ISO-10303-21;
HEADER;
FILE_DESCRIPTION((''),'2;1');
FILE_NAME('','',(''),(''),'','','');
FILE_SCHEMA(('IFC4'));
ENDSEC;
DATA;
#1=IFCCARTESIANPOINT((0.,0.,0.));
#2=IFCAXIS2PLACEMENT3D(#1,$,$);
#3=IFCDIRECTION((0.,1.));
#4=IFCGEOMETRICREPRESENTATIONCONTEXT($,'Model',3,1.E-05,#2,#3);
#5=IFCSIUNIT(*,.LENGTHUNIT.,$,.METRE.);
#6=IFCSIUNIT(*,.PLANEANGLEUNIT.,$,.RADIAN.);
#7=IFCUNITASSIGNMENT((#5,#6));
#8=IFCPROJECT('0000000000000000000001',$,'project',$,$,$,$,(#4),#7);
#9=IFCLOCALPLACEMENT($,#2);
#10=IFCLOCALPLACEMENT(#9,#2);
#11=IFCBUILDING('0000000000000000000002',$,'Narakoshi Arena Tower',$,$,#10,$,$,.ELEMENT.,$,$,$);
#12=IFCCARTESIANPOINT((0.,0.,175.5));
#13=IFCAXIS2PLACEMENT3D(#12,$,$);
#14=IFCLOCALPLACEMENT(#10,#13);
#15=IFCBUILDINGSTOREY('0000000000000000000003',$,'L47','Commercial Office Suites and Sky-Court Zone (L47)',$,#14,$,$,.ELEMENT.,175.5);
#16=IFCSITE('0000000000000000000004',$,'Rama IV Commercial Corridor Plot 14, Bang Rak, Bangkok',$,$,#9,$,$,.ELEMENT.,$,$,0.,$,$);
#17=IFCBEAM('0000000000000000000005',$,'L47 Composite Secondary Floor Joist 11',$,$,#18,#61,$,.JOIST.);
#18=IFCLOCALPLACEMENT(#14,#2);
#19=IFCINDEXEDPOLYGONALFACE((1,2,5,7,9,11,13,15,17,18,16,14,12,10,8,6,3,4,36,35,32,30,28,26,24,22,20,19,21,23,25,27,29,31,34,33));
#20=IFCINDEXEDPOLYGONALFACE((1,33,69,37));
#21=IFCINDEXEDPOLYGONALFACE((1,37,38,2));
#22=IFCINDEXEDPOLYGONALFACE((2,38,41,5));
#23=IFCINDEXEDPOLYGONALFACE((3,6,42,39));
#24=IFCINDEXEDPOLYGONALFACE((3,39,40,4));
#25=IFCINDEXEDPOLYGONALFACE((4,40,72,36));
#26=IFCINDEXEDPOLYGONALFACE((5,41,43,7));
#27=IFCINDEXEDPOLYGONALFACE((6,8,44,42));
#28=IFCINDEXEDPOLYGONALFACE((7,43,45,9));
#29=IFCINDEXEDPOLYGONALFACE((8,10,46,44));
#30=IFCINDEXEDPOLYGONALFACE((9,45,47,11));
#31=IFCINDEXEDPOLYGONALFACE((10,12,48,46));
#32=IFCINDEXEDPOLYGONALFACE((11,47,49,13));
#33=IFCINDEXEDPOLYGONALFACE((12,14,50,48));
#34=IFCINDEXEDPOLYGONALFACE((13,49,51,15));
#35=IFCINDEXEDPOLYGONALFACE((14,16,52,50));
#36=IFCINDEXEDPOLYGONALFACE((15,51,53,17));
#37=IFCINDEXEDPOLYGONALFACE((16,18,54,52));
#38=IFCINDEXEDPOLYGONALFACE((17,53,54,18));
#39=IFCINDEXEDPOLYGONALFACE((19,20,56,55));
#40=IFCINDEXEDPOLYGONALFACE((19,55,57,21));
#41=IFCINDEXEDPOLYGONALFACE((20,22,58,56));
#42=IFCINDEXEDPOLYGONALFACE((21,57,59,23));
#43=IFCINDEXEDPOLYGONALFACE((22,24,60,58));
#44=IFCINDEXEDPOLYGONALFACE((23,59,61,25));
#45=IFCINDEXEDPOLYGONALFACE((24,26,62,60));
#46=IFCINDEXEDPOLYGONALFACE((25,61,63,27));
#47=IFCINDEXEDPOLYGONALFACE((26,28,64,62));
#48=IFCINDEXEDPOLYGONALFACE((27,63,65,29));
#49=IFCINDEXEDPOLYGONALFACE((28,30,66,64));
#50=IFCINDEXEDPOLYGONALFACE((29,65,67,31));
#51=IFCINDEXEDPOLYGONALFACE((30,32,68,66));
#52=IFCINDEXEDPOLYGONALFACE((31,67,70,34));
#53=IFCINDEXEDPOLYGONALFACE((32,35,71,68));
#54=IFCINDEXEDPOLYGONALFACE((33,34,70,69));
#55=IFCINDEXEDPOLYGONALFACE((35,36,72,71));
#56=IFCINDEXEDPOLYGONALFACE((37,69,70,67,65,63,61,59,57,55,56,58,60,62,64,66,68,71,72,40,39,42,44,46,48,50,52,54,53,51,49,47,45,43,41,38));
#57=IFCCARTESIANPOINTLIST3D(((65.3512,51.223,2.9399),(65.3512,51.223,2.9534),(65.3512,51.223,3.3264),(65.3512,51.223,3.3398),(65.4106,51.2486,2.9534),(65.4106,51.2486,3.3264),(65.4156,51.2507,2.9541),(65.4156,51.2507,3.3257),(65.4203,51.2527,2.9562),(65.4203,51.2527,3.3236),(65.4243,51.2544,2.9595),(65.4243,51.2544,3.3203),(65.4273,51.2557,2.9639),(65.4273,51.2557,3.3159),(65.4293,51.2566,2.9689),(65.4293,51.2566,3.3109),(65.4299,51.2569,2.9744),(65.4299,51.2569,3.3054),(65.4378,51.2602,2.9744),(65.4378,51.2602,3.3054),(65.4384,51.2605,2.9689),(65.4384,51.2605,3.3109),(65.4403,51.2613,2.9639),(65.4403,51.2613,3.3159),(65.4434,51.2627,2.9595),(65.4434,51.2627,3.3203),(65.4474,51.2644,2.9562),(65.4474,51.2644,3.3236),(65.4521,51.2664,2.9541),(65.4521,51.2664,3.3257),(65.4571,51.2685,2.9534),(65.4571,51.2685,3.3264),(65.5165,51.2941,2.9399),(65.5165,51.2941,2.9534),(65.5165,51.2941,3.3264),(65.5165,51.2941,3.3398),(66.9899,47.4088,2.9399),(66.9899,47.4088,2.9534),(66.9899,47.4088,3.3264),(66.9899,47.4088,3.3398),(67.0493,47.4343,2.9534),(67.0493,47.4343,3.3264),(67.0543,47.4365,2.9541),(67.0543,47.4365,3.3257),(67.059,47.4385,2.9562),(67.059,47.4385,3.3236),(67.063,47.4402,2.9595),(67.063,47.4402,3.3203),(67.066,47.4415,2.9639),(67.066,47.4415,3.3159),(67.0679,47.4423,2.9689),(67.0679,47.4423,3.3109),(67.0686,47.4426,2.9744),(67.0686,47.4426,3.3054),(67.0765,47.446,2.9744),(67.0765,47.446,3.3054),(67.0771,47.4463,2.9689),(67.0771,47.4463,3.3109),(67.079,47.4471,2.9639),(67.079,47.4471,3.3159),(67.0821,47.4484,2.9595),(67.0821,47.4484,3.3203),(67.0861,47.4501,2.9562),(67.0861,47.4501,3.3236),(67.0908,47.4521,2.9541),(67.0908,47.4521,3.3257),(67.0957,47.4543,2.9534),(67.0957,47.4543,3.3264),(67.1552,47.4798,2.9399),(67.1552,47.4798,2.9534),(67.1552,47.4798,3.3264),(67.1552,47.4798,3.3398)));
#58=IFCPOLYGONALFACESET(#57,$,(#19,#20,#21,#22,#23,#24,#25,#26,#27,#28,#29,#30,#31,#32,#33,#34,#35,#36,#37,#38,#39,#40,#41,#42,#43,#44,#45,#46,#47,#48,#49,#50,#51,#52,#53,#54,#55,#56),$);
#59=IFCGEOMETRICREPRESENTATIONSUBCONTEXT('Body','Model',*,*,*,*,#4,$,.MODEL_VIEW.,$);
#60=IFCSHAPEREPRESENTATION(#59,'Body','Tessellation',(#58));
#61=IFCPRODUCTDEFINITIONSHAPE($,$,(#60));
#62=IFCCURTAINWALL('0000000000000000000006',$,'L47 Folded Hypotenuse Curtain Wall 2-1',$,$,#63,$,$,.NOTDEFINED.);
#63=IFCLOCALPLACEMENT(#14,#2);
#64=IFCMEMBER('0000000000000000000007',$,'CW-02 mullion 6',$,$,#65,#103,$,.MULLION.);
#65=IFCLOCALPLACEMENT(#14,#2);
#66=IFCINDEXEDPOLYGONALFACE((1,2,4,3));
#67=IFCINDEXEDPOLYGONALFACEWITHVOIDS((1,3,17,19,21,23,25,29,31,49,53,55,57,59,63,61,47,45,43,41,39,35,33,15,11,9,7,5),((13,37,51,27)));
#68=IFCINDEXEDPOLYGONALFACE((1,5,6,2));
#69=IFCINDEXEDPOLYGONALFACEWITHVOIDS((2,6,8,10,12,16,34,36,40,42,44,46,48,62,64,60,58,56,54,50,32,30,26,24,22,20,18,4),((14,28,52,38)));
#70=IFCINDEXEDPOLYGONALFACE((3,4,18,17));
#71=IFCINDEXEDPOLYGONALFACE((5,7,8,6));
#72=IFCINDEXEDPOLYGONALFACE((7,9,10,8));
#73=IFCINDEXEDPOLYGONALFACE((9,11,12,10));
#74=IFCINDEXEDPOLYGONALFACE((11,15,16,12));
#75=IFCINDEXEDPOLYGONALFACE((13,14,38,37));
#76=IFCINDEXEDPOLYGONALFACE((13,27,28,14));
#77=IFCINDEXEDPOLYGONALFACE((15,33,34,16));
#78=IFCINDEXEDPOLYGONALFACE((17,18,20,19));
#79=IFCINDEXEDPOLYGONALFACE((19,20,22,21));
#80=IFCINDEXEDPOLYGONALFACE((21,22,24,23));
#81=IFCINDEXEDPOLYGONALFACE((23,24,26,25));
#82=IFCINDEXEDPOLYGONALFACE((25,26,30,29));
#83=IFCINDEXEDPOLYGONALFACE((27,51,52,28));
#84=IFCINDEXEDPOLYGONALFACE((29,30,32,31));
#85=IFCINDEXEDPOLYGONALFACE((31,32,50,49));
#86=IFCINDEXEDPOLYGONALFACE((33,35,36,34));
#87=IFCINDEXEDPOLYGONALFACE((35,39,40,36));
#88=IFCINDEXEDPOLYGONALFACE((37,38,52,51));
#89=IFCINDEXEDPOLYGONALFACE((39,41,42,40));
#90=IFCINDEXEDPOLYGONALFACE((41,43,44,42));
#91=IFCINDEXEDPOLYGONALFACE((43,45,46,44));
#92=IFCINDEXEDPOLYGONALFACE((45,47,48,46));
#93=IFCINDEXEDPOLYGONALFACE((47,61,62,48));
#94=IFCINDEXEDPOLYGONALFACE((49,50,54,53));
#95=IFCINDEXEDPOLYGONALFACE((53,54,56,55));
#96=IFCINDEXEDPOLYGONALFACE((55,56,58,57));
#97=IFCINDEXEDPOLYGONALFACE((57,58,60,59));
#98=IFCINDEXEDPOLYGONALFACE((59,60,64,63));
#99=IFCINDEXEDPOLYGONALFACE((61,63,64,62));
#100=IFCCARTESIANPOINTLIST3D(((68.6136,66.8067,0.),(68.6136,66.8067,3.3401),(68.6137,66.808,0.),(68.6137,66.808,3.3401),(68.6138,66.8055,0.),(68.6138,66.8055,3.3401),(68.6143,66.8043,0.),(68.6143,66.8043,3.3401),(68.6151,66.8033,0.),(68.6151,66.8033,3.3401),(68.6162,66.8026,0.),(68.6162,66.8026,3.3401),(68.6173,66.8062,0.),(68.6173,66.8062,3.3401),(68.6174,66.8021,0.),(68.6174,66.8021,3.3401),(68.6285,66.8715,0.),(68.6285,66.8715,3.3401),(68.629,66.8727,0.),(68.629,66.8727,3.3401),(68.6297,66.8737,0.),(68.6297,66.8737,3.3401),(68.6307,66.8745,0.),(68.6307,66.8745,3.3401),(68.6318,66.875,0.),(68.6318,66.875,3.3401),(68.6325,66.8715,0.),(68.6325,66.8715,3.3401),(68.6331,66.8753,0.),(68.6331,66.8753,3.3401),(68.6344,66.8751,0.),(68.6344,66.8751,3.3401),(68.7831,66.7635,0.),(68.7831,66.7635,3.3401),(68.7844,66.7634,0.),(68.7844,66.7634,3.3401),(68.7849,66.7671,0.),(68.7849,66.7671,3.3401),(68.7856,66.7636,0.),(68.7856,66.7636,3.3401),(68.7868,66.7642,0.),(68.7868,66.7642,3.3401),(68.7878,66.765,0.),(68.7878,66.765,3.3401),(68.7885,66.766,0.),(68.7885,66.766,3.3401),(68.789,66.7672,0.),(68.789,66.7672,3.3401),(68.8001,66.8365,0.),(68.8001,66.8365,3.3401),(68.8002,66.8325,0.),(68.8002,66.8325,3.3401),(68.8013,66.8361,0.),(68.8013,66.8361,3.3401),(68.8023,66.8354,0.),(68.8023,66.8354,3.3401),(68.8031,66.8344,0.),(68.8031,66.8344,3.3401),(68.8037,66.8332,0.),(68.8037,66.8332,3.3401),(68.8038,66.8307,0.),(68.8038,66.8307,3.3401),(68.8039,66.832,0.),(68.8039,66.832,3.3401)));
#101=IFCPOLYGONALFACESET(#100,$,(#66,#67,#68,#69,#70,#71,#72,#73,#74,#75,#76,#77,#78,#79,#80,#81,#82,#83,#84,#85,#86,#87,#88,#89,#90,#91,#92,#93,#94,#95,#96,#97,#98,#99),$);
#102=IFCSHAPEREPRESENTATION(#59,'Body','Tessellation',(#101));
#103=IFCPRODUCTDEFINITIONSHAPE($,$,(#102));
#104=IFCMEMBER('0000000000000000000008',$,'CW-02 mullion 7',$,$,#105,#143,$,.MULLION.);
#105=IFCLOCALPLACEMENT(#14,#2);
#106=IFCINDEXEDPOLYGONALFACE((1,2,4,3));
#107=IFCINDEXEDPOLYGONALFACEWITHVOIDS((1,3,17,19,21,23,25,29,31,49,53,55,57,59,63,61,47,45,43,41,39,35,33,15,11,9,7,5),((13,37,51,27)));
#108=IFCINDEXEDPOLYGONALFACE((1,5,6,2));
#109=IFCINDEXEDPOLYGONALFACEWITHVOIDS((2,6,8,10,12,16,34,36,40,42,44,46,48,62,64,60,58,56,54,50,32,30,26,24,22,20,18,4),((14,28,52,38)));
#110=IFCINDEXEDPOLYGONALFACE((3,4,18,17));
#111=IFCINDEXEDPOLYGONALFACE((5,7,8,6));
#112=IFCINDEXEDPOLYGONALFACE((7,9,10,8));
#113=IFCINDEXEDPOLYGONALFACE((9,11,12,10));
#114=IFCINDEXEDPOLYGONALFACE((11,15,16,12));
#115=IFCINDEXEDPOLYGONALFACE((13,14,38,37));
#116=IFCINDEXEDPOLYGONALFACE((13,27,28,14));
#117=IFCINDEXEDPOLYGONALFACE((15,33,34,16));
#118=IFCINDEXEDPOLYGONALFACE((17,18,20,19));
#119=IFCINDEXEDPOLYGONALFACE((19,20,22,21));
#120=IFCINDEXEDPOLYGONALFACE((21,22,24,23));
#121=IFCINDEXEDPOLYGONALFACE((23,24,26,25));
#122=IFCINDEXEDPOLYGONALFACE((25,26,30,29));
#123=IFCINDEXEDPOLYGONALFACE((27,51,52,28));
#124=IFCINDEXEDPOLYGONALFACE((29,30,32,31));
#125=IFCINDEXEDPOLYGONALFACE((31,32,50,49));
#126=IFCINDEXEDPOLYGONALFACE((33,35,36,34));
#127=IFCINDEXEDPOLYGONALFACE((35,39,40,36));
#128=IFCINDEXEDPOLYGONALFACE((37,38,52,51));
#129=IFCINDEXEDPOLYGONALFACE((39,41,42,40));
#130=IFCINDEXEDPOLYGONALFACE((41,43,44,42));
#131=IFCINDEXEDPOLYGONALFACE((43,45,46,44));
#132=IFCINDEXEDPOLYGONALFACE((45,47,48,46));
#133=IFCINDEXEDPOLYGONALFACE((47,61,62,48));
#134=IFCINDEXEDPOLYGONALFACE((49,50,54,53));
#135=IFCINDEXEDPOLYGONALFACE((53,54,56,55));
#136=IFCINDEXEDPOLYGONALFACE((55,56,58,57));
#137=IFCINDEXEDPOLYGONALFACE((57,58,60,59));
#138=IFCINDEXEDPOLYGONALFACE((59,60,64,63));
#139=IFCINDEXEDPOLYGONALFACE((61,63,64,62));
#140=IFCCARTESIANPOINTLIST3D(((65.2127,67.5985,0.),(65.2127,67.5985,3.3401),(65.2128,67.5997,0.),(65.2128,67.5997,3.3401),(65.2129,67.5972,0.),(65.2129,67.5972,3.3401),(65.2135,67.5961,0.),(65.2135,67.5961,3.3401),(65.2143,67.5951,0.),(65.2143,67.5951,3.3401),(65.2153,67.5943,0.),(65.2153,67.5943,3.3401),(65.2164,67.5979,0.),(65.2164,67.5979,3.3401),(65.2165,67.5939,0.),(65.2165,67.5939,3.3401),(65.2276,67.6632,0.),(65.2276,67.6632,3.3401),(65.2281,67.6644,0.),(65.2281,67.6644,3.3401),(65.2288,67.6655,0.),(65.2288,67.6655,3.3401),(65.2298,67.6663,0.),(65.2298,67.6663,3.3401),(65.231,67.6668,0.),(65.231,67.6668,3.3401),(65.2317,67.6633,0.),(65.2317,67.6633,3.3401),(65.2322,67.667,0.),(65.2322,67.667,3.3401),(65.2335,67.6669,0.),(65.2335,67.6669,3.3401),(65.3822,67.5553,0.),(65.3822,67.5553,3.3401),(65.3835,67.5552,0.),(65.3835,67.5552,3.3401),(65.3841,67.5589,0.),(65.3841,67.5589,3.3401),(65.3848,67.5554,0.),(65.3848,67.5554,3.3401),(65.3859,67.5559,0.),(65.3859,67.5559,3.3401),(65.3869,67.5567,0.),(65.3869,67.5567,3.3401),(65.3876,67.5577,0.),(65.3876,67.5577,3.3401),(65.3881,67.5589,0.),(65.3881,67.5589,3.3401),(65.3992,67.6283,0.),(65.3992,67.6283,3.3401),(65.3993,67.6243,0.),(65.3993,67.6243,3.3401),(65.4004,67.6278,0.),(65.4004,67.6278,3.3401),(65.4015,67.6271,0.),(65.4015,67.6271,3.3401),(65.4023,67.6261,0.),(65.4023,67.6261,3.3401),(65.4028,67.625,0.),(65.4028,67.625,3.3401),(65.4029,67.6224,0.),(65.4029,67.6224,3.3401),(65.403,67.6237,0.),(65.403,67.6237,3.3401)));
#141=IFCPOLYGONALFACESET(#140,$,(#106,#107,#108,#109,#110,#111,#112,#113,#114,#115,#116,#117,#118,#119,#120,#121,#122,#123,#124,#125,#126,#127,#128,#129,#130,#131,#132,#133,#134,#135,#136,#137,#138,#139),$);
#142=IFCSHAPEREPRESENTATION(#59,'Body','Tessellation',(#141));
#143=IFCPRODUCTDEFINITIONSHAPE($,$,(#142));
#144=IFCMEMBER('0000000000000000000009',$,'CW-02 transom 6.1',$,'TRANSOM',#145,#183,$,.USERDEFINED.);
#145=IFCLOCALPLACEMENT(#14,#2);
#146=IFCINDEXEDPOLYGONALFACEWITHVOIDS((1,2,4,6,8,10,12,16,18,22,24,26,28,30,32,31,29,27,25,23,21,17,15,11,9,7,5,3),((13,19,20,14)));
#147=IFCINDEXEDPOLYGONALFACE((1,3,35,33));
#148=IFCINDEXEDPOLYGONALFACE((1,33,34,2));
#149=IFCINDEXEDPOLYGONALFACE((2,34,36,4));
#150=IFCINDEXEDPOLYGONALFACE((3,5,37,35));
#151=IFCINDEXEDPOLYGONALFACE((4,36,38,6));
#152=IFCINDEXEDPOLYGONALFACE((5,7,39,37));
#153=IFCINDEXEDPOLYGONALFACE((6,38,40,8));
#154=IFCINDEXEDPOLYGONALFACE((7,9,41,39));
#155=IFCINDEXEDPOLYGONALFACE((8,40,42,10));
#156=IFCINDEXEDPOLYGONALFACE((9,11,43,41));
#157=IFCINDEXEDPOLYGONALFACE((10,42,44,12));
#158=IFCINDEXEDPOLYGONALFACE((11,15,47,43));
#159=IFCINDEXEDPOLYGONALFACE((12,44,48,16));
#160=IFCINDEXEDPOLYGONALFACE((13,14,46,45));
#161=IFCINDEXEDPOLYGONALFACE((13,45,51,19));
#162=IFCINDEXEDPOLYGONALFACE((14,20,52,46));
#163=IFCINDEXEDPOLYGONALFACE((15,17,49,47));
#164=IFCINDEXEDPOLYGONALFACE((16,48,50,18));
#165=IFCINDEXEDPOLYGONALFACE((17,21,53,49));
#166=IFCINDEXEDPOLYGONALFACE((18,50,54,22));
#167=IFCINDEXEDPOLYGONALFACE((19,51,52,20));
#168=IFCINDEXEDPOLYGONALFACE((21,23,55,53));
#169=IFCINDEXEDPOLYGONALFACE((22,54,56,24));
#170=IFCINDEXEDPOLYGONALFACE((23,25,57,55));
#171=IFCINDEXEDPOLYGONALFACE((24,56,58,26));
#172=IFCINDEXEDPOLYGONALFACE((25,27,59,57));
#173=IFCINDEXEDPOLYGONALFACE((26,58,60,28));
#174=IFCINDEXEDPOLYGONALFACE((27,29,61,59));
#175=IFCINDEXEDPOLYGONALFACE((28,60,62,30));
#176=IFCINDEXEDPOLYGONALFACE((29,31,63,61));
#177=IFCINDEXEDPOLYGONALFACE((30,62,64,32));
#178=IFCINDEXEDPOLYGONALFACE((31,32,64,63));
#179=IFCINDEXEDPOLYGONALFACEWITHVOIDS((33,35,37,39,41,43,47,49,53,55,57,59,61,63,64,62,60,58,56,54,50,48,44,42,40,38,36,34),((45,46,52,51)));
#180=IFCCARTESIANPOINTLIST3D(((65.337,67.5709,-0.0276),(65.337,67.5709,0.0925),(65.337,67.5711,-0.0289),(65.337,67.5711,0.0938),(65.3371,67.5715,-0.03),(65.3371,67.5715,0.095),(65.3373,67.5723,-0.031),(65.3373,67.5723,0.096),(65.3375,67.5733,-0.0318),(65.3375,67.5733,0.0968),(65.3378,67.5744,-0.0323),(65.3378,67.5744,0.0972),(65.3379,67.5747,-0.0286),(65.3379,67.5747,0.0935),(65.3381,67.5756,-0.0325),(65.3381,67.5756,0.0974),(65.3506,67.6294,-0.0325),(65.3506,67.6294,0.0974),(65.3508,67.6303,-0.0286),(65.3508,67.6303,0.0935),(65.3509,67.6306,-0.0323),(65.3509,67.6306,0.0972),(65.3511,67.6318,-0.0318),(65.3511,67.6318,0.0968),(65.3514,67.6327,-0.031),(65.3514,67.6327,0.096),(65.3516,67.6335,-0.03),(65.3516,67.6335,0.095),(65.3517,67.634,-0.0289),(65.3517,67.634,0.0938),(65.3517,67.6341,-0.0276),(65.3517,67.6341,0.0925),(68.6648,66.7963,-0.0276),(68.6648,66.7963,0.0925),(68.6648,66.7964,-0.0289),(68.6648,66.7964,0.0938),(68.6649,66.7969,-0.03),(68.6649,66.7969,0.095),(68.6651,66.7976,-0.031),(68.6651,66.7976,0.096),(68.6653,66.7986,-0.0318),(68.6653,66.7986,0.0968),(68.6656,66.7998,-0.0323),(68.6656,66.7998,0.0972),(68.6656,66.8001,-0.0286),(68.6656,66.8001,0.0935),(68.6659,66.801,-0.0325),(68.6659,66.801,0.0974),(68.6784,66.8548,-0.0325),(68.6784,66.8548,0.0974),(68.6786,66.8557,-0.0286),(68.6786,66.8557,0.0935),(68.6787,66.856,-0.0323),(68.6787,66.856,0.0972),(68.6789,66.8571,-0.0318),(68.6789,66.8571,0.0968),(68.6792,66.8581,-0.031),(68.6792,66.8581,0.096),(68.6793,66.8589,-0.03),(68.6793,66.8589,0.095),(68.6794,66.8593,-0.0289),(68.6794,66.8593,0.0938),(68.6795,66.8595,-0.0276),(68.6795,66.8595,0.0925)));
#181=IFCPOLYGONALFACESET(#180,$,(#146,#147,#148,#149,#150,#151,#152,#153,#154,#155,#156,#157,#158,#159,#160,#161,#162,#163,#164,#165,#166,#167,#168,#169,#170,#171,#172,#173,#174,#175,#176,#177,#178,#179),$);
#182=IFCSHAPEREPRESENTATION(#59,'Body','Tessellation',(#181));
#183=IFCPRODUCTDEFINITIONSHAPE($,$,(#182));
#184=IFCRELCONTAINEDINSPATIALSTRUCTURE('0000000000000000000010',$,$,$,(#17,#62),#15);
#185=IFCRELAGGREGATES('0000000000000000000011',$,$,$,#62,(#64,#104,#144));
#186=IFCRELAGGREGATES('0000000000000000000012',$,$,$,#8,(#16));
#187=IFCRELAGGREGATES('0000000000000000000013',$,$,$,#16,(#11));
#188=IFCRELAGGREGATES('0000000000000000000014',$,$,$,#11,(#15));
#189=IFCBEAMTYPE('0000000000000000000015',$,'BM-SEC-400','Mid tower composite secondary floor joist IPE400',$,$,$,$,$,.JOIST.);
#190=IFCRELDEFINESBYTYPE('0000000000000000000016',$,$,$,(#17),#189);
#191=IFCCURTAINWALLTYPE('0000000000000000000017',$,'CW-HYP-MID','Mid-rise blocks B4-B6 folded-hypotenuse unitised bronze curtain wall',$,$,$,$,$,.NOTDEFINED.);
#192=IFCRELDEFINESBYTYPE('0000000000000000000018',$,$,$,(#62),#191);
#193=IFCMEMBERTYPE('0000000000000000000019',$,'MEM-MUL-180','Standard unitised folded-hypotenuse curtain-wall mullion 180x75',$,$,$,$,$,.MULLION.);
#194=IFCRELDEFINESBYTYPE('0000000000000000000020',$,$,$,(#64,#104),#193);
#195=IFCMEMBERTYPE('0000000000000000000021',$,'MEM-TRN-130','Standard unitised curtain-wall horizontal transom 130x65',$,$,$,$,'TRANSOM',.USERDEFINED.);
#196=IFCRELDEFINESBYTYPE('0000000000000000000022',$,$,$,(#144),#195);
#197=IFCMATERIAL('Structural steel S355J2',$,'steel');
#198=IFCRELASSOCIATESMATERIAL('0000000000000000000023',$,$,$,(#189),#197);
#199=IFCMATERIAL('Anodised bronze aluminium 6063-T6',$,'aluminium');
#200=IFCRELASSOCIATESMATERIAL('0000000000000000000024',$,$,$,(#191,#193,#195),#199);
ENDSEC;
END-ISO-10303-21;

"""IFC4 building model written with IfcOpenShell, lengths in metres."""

from ifc_helpers import new_model, si_unit, direction, frame, origin, origin_2d, place, context, subcontext, project, spatial, hollow_rectangle, i_section, extrude, material, material_profile, profile_set, type_object, element, aggregate, save


model = new_model("IFC4")

# Units and contexts
model_context = context("Model", 3, precision=1e-05, world=origin(), true_north=direction((0.0, 1.0)))
body_context = subcontext(model_context, "Body", "Model", "MODEL_VIEW")
ifc_project = project(units=[si_unit("LENGTHUNIT", "METRE"), si_unit("PLANEANGLEUNIT", "RADIAN")], contexts=[model_context])

# Site, building, storey
site_placement = place(None, origin())
site = spatial("IfcSite", under=ifc_project, at=site_placement, Name="Rama IV Commercial Corridor Plot 14, Bang Rak, Bangkok", CompositionType="ELEMENT", RefElevation=0.0)
building_placement = place(site_placement, origin())
building = spatial("IfcBuilding", under=site, at=building_placement, Name="Narakoshi Arena Tower", CompositionType="ELEMENT")
storey_placement = place(building_placement, frame((0.0, 0.0, 175.5)))
storey = spatial("IfcBuildingStorey", under=building, at=storey_placement, Name="L47", Description="Commercial Office Suites and Sky-Court Zone (L47)", CompositionType="ELEMENT", Elevation=175.5)

# Beam
ifc_material_1 = material(Name="Structural steel S355J2", Category="steel")
ifc_material_profile_1 = material_profile(ifc_material_1, i_section(OverallWidth=0.1799, OverallDepth=0.3999, WebThickness=0.0085, FlangeThickness=0.0134, FilletRadius=0.021, at=origin_2d()), Name="IPE400")
ifc_profile_set_1 = profile_set([ifc_material_profile_1], Name="Structural steel S355J2")
beam_type_1 = type_object("IfcBeamType", Name="BM-SEC-400", Description="Mid tower composite secondary floor joist IPE400", PredefinedType="JOIST", material=ifc_profile_set_1)
beam_1_placement = place(storey_placement, frame((65.4338, 51.2585, 3.1399), z_axis=(0.394735, -0.918795, 0.0), x_axis=(0.918795, 0.394735, 0.0)))
element("IfcBeam", 1, at=beam_1_placement, inside=storey, type_object=beam_type_1, Name="L47 Composite Secondary Floor Joist 11", PredefinedType="JOIST", context=body_context, shape_type="SweptSolid", body=[
    extrude(i_section(OverallWidth=0.1799, OverallDepth=0.3999, WebThickness=0.0085, FlangeThickness=0.0134, FilletRadius=0.021, at=origin_2d()), origin(), (0.0, 0.0, 1.0), 4.1514),
])

# Curtain wall, members
ifc_material_2 = material(Name="Anodised bronze aluminium 6063-T6", Category="aluminium")
curtain_wall_type = type_object("IfcCurtainWallType", Name="CW-HYP-MID", Description="Mid-rise blocks B4-B6 folded-hypotenuse unitised bronze curtain wall", PredefinedType="NOTDEFINED", material=ifc_material_2)
curtain_wall_placement = place(storey_placement, origin())
curtain_wall = element("IfcCurtainWall", 2, at=curtain_wall_placement, inside=storey, type_object=curtain_wall_type, Name="L47 Folded Hypotenuse Curtain Wall 2-1", PredefinedType="NOTDEFINED")
ifc_material_profile_2 = material_profile(ifc_material_2, hollow_rectangle(XDim=0.075, YDim=0.1799, WallThickness=0.0039, OuterFilletRadius=0.0049, at=origin_2d()), Name="MUL180x75x4")
ifc_profile_set_2 = profile_set([ifc_material_profile_2], Name="Anodised bronze aluminium 6063-T6")
member_type_1 = type_object("IfcMemberType", Name="MEM-MUL-180", Description="Standard unitised folded-hypotenuse curtain-wall mullion 180x75", PredefinedType="MULLION", material=ifc_profile_set_2)
member_1_placement = place(storey_placement, frame((68.7087, 66.8193, 0.0), z_axis=(0.0, 0.0, 1.0), x_axis=(-0.226721, -0.97396, 0.0)))
member_1 = element("IfcMember", 3, at=member_1_placement, type_object=member_type_1, Name="CW-02 mullion 6", PredefinedType="MULLION", context=body_context, shape_type="SweptSolid", body=[
    extrude(hollow_rectangle(XDim=0.075, YDim=0.1799, WallThickness=0.0039, OuterFilletRadius=0.0049, at=origin_2d()), origin(), (0.0, 0.0, 1.0), 3.3401),
])
member_2_placement = place(storey_placement, frame((65.3079, 67.6111, 0.0), z_axis=(0.0, 0.0, 1.0), x_axis=(-0.226721, -0.97396, 0.0)))
member_2 = element("IfcMember", 4, at=member_2_placement, type_object=member_type_1, Name="CW-02 mullion 7", PredefinedType="MULLION", context=body_context, shape_type="SweptSolid", body=[
    extrude(hollow_rectangle(XDim=0.075, YDim=0.1799, WallThickness=0.0039, OuterFilletRadius=0.0049, at=origin_2d()), origin(), (0.0, 0.0, 1.0), 3.3401),
])
ifc_material_profile_3 = material_profile(ifc_material_2, hollow_rectangle(XDim=0.0649, YDim=0.1299, WallThickness=0.0039, OuterFilletRadius=0.0049, at=origin_2d()), Name="TRN130x65x4")
ifc_profile_set_3 = profile_set([ifc_material_profile_3], Name="Anodised bronze aluminium 6063-T6")
member_type_2 = type_object("IfcMemberType", Name="MEM-TRN-130", Description="Standard unitised curtain-wall horizontal transom 130x65", ElementType="TRANSOM", PredefinedType="USERDEFINED", material=ifc_profile_set_3)
member_3_placement = place(storey_placement, frame((68.6721, 66.8279, 0.0325), z_axis=(-0.973961, 0.226717, 0.0), x_axis=(-0.226717, -0.973961, 0.0)))
member_3 = element("IfcMember", 5, at=member_3_placement, type_object=member_type_2, Name="CW-02 transom 6.1", ObjectType="TRANSOM", PredefinedType="USERDEFINED", context=body_context, shape_type="SweptSolid", body=[
    extrude(hollow_rectangle(XDim=0.0649, YDim=0.1299, WallThickness=0.0039, OuterFilletRadius=0.0049, at=origin_2d()), origin(), (0.0, 0.0, 1.0), 3.4167),
])
aggregate(curtain_wall, [member_1, member_2, member_3])

save(model, "model.ifc")
